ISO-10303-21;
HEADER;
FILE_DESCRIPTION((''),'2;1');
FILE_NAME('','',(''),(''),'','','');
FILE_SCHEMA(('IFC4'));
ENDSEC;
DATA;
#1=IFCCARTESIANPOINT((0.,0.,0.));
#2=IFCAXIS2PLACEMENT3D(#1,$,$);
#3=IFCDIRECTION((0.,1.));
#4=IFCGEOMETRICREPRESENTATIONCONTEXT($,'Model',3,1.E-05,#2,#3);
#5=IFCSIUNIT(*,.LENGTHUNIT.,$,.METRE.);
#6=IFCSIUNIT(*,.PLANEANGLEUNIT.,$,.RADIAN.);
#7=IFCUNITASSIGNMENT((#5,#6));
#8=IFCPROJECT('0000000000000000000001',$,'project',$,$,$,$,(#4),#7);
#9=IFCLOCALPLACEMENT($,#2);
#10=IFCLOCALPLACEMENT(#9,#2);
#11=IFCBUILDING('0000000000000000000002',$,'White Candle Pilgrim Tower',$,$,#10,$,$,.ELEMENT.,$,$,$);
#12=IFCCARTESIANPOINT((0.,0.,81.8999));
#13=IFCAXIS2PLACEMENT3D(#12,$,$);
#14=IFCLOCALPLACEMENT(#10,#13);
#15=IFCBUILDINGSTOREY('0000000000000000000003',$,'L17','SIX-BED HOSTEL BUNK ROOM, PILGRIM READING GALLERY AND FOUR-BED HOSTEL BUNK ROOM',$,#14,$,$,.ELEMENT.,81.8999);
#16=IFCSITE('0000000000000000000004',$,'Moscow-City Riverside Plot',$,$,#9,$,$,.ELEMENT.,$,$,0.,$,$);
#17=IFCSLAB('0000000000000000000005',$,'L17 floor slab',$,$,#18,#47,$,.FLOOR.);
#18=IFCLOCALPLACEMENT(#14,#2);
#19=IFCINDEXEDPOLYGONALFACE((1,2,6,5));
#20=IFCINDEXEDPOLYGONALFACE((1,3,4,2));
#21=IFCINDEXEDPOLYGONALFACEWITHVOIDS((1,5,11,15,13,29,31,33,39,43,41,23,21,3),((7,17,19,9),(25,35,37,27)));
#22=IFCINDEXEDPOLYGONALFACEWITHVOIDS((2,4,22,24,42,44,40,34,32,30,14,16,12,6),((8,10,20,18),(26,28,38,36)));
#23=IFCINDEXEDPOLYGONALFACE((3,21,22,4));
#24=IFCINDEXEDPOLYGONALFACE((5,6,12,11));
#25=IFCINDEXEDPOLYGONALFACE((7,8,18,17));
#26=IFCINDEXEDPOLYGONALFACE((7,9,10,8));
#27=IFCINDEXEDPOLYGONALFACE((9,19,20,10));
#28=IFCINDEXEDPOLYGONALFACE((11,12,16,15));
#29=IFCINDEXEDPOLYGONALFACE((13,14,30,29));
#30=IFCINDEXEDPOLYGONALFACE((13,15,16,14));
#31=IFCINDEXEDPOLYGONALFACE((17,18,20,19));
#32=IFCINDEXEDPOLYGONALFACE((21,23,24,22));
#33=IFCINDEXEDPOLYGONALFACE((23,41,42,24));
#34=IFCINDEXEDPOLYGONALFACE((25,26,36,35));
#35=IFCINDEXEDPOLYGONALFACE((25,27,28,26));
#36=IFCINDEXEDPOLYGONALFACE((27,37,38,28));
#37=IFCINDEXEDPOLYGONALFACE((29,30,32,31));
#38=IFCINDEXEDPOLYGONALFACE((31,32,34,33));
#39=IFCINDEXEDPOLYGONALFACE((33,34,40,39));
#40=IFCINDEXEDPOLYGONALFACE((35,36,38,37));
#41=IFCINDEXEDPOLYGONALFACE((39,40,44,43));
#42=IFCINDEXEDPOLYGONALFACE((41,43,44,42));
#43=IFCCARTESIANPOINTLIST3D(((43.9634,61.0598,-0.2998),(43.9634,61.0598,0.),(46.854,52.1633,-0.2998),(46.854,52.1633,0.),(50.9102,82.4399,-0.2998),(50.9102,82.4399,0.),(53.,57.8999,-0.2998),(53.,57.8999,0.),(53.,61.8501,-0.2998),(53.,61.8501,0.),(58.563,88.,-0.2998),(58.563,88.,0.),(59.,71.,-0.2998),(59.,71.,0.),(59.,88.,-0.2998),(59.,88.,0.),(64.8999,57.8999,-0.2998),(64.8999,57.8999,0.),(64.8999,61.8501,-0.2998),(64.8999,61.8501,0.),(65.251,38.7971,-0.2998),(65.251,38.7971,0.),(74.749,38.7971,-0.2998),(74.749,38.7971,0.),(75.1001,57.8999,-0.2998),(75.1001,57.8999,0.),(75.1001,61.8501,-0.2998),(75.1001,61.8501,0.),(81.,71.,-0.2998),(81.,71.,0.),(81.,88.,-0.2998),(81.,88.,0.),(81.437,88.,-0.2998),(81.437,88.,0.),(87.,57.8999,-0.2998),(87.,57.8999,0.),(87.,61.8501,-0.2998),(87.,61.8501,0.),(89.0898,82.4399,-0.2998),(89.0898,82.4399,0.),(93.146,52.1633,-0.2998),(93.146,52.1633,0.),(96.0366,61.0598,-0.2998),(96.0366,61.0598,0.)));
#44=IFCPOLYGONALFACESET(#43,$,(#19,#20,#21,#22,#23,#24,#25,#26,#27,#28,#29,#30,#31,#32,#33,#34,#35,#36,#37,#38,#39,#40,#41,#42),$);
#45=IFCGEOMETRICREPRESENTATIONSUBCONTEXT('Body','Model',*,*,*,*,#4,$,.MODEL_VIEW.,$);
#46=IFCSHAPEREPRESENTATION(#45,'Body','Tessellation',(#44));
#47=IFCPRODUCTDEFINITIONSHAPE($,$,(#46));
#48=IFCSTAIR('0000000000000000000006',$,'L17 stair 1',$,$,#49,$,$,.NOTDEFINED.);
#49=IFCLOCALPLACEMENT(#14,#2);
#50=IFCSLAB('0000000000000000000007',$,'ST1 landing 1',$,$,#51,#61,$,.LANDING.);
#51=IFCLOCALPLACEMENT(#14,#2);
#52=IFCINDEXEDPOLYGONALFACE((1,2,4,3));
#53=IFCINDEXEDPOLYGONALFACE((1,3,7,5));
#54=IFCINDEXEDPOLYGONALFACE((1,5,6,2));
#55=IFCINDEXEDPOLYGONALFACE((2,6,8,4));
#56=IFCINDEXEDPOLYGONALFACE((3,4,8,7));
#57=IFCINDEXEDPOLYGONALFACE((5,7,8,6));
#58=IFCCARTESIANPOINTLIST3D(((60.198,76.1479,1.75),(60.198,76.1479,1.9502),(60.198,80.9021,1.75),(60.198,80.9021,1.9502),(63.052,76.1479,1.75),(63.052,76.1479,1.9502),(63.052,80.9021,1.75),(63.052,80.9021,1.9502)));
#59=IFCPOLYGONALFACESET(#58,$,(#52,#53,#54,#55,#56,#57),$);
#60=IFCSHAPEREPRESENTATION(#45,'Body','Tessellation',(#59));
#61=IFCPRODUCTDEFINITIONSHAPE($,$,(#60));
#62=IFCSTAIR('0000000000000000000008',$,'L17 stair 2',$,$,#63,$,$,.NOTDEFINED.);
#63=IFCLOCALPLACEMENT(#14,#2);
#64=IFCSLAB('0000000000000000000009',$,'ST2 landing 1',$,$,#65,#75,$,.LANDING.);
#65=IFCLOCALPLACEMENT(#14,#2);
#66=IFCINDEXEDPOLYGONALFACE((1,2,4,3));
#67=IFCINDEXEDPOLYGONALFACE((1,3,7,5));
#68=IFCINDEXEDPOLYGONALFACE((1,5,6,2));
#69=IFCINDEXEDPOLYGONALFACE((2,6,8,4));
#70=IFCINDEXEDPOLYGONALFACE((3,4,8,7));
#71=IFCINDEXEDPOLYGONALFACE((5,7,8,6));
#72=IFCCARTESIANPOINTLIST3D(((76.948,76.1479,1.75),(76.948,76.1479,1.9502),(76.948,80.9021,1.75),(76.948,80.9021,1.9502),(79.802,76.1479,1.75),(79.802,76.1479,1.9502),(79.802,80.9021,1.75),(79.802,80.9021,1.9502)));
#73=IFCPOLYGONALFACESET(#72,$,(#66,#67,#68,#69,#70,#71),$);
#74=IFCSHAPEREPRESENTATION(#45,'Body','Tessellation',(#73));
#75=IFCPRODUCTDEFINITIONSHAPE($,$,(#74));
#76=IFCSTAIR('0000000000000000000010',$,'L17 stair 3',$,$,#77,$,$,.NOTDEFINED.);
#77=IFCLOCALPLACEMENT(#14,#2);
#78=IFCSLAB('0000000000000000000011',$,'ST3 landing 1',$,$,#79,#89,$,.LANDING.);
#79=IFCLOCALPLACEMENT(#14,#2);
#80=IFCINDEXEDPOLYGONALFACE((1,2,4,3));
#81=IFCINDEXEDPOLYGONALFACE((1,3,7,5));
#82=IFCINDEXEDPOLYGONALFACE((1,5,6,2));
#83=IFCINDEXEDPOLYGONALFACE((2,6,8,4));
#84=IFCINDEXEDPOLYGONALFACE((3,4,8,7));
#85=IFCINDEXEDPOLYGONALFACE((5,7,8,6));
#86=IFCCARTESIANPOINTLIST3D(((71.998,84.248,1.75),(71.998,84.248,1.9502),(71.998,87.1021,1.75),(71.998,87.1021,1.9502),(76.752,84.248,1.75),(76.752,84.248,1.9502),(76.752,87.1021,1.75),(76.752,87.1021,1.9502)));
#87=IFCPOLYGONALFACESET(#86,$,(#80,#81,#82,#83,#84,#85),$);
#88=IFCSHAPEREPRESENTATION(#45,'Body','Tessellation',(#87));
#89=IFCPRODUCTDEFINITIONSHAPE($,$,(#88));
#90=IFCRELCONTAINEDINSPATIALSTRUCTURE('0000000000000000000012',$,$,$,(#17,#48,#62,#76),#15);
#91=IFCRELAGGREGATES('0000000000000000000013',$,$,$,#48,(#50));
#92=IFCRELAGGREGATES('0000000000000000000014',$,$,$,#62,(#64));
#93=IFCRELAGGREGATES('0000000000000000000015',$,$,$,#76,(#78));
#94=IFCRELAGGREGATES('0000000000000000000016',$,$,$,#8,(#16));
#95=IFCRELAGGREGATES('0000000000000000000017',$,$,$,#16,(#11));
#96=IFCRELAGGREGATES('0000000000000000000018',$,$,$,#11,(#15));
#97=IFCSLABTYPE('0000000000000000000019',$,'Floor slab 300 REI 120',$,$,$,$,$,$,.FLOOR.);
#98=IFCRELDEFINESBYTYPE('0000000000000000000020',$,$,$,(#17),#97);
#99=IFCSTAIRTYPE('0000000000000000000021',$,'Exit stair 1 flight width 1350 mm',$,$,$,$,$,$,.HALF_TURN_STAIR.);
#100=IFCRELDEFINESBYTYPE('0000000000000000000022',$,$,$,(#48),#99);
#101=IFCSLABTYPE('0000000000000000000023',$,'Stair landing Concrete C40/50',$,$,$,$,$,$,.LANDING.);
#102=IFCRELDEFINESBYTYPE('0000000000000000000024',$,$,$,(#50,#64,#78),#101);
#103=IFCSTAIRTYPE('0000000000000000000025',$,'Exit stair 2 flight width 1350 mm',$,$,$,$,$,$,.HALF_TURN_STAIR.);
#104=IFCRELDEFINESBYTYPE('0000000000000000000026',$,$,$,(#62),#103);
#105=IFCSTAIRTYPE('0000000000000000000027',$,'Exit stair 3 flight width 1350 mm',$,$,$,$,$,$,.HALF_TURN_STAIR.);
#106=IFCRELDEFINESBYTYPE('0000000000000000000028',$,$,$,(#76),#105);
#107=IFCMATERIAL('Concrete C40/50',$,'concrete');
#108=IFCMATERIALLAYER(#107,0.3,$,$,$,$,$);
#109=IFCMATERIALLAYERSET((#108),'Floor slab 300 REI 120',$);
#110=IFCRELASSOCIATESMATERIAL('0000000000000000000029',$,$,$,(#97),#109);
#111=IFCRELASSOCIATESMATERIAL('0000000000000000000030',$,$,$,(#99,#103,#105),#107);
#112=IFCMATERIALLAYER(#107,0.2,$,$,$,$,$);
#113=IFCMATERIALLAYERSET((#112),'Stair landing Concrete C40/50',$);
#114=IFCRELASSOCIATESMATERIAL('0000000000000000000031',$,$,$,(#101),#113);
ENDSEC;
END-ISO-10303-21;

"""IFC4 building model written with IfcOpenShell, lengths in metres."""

from ifc_helpers import new_model, si_unit, direction, frame, origin, place, context, subcontext, project, spatial, polyline, outline, extrude, material, layer, layer_set, type_object, element, aggregate, save


model = new_model("IFC4")

# Units and contexts
model_context = context("Model", 3, precision=1e-05, world=origin(), true_north=direction((0.0, 1.0)))
body_context = subcontext(model_context, "Body", "Model", "MODEL_VIEW")
ifc_project = project(units=[si_unit("LENGTHUNIT", "METRE"), si_unit("PLANEANGLEUNIT", "RADIAN")], contexts=[model_context])

# Site, building, storey
site_placement = place(None, origin())
site = spatial("IfcSite", under=ifc_project, at=site_placement, Name="Moscow-City Riverside Plot", CompositionType="ELEMENT", RefElevation=0.0)
building_placement = place(site_placement, origin())
building = spatial("IfcBuilding", under=site, at=building_placement, Name="White Candle Pilgrim Tower", CompositionType="ELEMENT")
storey_placement = place(building_placement, frame((0.0, 0.0, 81.8999)))
storey = spatial("IfcBuildingStorey", under=building, at=storey_placement, Name="L17", Description="SIX-BED HOSTEL BUNK ROOM, PILGRIM READING GALLERY AND FOUR-BED HOSTEL BUNK ROOM", CompositionType="ELEMENT", Elevation=81.8999)

# Slab
ifc_material = material(Name="Concrete C40/50", Category="concrete")
ifc_layer_1 = layer(ifc_material, 0.3)
ifc_layer_set_1 = layer_set([ifc_layer_1], Name="Floor slab 300 REI 120")
slab_type_1 = type_object("IfcSlabType", Name="Floor slab 300 REI 120", PredefinedType="FLOOR", material=ifc_layer_set_1)
slab_1_placement = place(storey_placement, frame((0.0, 0.0, -0.2998)))
element("IfcSlab", 1, at=slab_1_placement, inside=storey, type_object=slab_type_1, Name="L17 floor slab", PredefinedType="FLOOR", context=body_context, shape_type="SweptSolid", body=[
    extrude(outline(polyline([(65.251, 38.7971), (74.749, 38.7971), (93.146, 52.1633), (96.0366, 61.0598), (89.0898, 82.4399), (81.437, 88.0), (81.0, 88.0), (81.0, 71.0), (59.0, 71.0), (59.0, 88.0), (58.563, 88.0), (50.9102, 82.4399), (43.9634, 61.0598), (46.854, 52.1633), (65.251, 38.7971)]), holes=[polyline([(53.0, 57.8999), (53.0, 61.8501), (64.8999, 61.8501), (64.8999, 57.8999), (53.0, 57.8999)]), polyline([(75.1001, 57.8999), (75.1001, 61.8501), (87.0, 61.8501), (87.0, 57.8999), (75.1001, 57.8999)])]), origin(), (0.0, 0.0, 1.0), 0.2998),
])

# Stairs, slabs
stair_type_1 = type_object("IfcStairType", Name="Exit stair 1 flight width 1350 mm", PredefinedType="HALF_TURN_STAIR", material=ifc_material)
stair_1_placement = place(storey_placement, origin())
stair_1 = element("IfcStair", 2, at=stair_1_placement, inside=storey, type_object=stair_type_1, Name="L17 stair 1", PredefinedType="NOTDEFINED")
ifc_layer_2 = layer(ifc_material, 0.2)
ifc_layer_set_2 = layer_set([ifc_layer_2], Name="Stair landing Concrete C40/50")
slab_type_2 = type_object("IfcSlabType", Name="Stair landing Concrete C40/50", PredefinedType="LANDING", material=ifc_layer_set_2)
slab_2_placement = place(storey_placement, frame((0.0, 0.0, 1.75)))
slab_2 = element("IfcSlab", 3, at=slab_2_placement, type_object=slab_type_2, Name="ST1 landing 1", PredefinedType="LANDING", context=body_context, shape_type="SweptSolid", body=[
    extrude(outline(polyline([(63.052, 76.1479), (60.198, 76.1479), (60.198, 80.9021), (63.052, 80.9021), (63.052, 76.1479)])), origin(), (0.0, 0.0, 1.0), 0.2002),
])
aggregate(stair_1, [slab_2])
stair_type_2 = type_object("IfcStairType", Name="Exit stair 2 flight width 1350 mm", PredefinedType="HALF_TURN_STAIR", material=ifc_material)
stair_2_placement = place(storey_placement, origin())
stair_2 = element("IfcStair", 4, at=stair_2_placement, inside=storey, type_object=stair_type_2, Name="L17 stair 2", PredefinedType="NOTDEFINED")
slab_3_placement = place(storey_placement, frame((0.0, 0.0, 1.75)))
slab_3 = element("IfcSlab", 5, at=slab_3_placement, type_object=slab_type_2, Name="ST2 landing 1", PredefinedType="LANDING", context=body_context, shape_type="SweptSolid", body=[
    extrude(outline(polyline([(79.802, 76.1479), (76.948, 76.1479), (76.948, 80.9021), (79.802, 80.9021), (79.802, 76.1479)])), origin(), (0.0, 0.0, 1.0), 0.2002),
])
aggregate(stair_2, [slab_3])
stair_type_3 = type_object("IfcStairType", Name="Exit stair 3 flight width 1350 mm", PredefinedType="HALF_TURN_STAIR", material=ifc_material)
stair_3_placement = place(storey_placement, origin())
stair_3 = element("IfcStair", 6, at=stair_3_placement, inside=storey, type_object=stair_type_3, Name="L17 stair 3", PredefinedType="NOTDEFINED")
slab_4_placement = place(storey_placement, frame((0.0, 0.0, 1.75)))
slab_4 = element("IfcSlab", 7, at=slab_4_placement, type_object=slab_type_2, Name="ST3 landing 1", PredefinedType="LANDING", context=body_context, shape_type="SweptSolid", body=[
    extrude(outline(polyline([(71.998, 84.248), (71.998, 87.1021), (76.752, 87.1021), (76.752, 84.248), (71.998, 84.248)])), origin(), (0.0, 0.0, 1.0), 0.2002),
])
aggregate(stair_3, [slab_4])

save(model, "model.ifc")
